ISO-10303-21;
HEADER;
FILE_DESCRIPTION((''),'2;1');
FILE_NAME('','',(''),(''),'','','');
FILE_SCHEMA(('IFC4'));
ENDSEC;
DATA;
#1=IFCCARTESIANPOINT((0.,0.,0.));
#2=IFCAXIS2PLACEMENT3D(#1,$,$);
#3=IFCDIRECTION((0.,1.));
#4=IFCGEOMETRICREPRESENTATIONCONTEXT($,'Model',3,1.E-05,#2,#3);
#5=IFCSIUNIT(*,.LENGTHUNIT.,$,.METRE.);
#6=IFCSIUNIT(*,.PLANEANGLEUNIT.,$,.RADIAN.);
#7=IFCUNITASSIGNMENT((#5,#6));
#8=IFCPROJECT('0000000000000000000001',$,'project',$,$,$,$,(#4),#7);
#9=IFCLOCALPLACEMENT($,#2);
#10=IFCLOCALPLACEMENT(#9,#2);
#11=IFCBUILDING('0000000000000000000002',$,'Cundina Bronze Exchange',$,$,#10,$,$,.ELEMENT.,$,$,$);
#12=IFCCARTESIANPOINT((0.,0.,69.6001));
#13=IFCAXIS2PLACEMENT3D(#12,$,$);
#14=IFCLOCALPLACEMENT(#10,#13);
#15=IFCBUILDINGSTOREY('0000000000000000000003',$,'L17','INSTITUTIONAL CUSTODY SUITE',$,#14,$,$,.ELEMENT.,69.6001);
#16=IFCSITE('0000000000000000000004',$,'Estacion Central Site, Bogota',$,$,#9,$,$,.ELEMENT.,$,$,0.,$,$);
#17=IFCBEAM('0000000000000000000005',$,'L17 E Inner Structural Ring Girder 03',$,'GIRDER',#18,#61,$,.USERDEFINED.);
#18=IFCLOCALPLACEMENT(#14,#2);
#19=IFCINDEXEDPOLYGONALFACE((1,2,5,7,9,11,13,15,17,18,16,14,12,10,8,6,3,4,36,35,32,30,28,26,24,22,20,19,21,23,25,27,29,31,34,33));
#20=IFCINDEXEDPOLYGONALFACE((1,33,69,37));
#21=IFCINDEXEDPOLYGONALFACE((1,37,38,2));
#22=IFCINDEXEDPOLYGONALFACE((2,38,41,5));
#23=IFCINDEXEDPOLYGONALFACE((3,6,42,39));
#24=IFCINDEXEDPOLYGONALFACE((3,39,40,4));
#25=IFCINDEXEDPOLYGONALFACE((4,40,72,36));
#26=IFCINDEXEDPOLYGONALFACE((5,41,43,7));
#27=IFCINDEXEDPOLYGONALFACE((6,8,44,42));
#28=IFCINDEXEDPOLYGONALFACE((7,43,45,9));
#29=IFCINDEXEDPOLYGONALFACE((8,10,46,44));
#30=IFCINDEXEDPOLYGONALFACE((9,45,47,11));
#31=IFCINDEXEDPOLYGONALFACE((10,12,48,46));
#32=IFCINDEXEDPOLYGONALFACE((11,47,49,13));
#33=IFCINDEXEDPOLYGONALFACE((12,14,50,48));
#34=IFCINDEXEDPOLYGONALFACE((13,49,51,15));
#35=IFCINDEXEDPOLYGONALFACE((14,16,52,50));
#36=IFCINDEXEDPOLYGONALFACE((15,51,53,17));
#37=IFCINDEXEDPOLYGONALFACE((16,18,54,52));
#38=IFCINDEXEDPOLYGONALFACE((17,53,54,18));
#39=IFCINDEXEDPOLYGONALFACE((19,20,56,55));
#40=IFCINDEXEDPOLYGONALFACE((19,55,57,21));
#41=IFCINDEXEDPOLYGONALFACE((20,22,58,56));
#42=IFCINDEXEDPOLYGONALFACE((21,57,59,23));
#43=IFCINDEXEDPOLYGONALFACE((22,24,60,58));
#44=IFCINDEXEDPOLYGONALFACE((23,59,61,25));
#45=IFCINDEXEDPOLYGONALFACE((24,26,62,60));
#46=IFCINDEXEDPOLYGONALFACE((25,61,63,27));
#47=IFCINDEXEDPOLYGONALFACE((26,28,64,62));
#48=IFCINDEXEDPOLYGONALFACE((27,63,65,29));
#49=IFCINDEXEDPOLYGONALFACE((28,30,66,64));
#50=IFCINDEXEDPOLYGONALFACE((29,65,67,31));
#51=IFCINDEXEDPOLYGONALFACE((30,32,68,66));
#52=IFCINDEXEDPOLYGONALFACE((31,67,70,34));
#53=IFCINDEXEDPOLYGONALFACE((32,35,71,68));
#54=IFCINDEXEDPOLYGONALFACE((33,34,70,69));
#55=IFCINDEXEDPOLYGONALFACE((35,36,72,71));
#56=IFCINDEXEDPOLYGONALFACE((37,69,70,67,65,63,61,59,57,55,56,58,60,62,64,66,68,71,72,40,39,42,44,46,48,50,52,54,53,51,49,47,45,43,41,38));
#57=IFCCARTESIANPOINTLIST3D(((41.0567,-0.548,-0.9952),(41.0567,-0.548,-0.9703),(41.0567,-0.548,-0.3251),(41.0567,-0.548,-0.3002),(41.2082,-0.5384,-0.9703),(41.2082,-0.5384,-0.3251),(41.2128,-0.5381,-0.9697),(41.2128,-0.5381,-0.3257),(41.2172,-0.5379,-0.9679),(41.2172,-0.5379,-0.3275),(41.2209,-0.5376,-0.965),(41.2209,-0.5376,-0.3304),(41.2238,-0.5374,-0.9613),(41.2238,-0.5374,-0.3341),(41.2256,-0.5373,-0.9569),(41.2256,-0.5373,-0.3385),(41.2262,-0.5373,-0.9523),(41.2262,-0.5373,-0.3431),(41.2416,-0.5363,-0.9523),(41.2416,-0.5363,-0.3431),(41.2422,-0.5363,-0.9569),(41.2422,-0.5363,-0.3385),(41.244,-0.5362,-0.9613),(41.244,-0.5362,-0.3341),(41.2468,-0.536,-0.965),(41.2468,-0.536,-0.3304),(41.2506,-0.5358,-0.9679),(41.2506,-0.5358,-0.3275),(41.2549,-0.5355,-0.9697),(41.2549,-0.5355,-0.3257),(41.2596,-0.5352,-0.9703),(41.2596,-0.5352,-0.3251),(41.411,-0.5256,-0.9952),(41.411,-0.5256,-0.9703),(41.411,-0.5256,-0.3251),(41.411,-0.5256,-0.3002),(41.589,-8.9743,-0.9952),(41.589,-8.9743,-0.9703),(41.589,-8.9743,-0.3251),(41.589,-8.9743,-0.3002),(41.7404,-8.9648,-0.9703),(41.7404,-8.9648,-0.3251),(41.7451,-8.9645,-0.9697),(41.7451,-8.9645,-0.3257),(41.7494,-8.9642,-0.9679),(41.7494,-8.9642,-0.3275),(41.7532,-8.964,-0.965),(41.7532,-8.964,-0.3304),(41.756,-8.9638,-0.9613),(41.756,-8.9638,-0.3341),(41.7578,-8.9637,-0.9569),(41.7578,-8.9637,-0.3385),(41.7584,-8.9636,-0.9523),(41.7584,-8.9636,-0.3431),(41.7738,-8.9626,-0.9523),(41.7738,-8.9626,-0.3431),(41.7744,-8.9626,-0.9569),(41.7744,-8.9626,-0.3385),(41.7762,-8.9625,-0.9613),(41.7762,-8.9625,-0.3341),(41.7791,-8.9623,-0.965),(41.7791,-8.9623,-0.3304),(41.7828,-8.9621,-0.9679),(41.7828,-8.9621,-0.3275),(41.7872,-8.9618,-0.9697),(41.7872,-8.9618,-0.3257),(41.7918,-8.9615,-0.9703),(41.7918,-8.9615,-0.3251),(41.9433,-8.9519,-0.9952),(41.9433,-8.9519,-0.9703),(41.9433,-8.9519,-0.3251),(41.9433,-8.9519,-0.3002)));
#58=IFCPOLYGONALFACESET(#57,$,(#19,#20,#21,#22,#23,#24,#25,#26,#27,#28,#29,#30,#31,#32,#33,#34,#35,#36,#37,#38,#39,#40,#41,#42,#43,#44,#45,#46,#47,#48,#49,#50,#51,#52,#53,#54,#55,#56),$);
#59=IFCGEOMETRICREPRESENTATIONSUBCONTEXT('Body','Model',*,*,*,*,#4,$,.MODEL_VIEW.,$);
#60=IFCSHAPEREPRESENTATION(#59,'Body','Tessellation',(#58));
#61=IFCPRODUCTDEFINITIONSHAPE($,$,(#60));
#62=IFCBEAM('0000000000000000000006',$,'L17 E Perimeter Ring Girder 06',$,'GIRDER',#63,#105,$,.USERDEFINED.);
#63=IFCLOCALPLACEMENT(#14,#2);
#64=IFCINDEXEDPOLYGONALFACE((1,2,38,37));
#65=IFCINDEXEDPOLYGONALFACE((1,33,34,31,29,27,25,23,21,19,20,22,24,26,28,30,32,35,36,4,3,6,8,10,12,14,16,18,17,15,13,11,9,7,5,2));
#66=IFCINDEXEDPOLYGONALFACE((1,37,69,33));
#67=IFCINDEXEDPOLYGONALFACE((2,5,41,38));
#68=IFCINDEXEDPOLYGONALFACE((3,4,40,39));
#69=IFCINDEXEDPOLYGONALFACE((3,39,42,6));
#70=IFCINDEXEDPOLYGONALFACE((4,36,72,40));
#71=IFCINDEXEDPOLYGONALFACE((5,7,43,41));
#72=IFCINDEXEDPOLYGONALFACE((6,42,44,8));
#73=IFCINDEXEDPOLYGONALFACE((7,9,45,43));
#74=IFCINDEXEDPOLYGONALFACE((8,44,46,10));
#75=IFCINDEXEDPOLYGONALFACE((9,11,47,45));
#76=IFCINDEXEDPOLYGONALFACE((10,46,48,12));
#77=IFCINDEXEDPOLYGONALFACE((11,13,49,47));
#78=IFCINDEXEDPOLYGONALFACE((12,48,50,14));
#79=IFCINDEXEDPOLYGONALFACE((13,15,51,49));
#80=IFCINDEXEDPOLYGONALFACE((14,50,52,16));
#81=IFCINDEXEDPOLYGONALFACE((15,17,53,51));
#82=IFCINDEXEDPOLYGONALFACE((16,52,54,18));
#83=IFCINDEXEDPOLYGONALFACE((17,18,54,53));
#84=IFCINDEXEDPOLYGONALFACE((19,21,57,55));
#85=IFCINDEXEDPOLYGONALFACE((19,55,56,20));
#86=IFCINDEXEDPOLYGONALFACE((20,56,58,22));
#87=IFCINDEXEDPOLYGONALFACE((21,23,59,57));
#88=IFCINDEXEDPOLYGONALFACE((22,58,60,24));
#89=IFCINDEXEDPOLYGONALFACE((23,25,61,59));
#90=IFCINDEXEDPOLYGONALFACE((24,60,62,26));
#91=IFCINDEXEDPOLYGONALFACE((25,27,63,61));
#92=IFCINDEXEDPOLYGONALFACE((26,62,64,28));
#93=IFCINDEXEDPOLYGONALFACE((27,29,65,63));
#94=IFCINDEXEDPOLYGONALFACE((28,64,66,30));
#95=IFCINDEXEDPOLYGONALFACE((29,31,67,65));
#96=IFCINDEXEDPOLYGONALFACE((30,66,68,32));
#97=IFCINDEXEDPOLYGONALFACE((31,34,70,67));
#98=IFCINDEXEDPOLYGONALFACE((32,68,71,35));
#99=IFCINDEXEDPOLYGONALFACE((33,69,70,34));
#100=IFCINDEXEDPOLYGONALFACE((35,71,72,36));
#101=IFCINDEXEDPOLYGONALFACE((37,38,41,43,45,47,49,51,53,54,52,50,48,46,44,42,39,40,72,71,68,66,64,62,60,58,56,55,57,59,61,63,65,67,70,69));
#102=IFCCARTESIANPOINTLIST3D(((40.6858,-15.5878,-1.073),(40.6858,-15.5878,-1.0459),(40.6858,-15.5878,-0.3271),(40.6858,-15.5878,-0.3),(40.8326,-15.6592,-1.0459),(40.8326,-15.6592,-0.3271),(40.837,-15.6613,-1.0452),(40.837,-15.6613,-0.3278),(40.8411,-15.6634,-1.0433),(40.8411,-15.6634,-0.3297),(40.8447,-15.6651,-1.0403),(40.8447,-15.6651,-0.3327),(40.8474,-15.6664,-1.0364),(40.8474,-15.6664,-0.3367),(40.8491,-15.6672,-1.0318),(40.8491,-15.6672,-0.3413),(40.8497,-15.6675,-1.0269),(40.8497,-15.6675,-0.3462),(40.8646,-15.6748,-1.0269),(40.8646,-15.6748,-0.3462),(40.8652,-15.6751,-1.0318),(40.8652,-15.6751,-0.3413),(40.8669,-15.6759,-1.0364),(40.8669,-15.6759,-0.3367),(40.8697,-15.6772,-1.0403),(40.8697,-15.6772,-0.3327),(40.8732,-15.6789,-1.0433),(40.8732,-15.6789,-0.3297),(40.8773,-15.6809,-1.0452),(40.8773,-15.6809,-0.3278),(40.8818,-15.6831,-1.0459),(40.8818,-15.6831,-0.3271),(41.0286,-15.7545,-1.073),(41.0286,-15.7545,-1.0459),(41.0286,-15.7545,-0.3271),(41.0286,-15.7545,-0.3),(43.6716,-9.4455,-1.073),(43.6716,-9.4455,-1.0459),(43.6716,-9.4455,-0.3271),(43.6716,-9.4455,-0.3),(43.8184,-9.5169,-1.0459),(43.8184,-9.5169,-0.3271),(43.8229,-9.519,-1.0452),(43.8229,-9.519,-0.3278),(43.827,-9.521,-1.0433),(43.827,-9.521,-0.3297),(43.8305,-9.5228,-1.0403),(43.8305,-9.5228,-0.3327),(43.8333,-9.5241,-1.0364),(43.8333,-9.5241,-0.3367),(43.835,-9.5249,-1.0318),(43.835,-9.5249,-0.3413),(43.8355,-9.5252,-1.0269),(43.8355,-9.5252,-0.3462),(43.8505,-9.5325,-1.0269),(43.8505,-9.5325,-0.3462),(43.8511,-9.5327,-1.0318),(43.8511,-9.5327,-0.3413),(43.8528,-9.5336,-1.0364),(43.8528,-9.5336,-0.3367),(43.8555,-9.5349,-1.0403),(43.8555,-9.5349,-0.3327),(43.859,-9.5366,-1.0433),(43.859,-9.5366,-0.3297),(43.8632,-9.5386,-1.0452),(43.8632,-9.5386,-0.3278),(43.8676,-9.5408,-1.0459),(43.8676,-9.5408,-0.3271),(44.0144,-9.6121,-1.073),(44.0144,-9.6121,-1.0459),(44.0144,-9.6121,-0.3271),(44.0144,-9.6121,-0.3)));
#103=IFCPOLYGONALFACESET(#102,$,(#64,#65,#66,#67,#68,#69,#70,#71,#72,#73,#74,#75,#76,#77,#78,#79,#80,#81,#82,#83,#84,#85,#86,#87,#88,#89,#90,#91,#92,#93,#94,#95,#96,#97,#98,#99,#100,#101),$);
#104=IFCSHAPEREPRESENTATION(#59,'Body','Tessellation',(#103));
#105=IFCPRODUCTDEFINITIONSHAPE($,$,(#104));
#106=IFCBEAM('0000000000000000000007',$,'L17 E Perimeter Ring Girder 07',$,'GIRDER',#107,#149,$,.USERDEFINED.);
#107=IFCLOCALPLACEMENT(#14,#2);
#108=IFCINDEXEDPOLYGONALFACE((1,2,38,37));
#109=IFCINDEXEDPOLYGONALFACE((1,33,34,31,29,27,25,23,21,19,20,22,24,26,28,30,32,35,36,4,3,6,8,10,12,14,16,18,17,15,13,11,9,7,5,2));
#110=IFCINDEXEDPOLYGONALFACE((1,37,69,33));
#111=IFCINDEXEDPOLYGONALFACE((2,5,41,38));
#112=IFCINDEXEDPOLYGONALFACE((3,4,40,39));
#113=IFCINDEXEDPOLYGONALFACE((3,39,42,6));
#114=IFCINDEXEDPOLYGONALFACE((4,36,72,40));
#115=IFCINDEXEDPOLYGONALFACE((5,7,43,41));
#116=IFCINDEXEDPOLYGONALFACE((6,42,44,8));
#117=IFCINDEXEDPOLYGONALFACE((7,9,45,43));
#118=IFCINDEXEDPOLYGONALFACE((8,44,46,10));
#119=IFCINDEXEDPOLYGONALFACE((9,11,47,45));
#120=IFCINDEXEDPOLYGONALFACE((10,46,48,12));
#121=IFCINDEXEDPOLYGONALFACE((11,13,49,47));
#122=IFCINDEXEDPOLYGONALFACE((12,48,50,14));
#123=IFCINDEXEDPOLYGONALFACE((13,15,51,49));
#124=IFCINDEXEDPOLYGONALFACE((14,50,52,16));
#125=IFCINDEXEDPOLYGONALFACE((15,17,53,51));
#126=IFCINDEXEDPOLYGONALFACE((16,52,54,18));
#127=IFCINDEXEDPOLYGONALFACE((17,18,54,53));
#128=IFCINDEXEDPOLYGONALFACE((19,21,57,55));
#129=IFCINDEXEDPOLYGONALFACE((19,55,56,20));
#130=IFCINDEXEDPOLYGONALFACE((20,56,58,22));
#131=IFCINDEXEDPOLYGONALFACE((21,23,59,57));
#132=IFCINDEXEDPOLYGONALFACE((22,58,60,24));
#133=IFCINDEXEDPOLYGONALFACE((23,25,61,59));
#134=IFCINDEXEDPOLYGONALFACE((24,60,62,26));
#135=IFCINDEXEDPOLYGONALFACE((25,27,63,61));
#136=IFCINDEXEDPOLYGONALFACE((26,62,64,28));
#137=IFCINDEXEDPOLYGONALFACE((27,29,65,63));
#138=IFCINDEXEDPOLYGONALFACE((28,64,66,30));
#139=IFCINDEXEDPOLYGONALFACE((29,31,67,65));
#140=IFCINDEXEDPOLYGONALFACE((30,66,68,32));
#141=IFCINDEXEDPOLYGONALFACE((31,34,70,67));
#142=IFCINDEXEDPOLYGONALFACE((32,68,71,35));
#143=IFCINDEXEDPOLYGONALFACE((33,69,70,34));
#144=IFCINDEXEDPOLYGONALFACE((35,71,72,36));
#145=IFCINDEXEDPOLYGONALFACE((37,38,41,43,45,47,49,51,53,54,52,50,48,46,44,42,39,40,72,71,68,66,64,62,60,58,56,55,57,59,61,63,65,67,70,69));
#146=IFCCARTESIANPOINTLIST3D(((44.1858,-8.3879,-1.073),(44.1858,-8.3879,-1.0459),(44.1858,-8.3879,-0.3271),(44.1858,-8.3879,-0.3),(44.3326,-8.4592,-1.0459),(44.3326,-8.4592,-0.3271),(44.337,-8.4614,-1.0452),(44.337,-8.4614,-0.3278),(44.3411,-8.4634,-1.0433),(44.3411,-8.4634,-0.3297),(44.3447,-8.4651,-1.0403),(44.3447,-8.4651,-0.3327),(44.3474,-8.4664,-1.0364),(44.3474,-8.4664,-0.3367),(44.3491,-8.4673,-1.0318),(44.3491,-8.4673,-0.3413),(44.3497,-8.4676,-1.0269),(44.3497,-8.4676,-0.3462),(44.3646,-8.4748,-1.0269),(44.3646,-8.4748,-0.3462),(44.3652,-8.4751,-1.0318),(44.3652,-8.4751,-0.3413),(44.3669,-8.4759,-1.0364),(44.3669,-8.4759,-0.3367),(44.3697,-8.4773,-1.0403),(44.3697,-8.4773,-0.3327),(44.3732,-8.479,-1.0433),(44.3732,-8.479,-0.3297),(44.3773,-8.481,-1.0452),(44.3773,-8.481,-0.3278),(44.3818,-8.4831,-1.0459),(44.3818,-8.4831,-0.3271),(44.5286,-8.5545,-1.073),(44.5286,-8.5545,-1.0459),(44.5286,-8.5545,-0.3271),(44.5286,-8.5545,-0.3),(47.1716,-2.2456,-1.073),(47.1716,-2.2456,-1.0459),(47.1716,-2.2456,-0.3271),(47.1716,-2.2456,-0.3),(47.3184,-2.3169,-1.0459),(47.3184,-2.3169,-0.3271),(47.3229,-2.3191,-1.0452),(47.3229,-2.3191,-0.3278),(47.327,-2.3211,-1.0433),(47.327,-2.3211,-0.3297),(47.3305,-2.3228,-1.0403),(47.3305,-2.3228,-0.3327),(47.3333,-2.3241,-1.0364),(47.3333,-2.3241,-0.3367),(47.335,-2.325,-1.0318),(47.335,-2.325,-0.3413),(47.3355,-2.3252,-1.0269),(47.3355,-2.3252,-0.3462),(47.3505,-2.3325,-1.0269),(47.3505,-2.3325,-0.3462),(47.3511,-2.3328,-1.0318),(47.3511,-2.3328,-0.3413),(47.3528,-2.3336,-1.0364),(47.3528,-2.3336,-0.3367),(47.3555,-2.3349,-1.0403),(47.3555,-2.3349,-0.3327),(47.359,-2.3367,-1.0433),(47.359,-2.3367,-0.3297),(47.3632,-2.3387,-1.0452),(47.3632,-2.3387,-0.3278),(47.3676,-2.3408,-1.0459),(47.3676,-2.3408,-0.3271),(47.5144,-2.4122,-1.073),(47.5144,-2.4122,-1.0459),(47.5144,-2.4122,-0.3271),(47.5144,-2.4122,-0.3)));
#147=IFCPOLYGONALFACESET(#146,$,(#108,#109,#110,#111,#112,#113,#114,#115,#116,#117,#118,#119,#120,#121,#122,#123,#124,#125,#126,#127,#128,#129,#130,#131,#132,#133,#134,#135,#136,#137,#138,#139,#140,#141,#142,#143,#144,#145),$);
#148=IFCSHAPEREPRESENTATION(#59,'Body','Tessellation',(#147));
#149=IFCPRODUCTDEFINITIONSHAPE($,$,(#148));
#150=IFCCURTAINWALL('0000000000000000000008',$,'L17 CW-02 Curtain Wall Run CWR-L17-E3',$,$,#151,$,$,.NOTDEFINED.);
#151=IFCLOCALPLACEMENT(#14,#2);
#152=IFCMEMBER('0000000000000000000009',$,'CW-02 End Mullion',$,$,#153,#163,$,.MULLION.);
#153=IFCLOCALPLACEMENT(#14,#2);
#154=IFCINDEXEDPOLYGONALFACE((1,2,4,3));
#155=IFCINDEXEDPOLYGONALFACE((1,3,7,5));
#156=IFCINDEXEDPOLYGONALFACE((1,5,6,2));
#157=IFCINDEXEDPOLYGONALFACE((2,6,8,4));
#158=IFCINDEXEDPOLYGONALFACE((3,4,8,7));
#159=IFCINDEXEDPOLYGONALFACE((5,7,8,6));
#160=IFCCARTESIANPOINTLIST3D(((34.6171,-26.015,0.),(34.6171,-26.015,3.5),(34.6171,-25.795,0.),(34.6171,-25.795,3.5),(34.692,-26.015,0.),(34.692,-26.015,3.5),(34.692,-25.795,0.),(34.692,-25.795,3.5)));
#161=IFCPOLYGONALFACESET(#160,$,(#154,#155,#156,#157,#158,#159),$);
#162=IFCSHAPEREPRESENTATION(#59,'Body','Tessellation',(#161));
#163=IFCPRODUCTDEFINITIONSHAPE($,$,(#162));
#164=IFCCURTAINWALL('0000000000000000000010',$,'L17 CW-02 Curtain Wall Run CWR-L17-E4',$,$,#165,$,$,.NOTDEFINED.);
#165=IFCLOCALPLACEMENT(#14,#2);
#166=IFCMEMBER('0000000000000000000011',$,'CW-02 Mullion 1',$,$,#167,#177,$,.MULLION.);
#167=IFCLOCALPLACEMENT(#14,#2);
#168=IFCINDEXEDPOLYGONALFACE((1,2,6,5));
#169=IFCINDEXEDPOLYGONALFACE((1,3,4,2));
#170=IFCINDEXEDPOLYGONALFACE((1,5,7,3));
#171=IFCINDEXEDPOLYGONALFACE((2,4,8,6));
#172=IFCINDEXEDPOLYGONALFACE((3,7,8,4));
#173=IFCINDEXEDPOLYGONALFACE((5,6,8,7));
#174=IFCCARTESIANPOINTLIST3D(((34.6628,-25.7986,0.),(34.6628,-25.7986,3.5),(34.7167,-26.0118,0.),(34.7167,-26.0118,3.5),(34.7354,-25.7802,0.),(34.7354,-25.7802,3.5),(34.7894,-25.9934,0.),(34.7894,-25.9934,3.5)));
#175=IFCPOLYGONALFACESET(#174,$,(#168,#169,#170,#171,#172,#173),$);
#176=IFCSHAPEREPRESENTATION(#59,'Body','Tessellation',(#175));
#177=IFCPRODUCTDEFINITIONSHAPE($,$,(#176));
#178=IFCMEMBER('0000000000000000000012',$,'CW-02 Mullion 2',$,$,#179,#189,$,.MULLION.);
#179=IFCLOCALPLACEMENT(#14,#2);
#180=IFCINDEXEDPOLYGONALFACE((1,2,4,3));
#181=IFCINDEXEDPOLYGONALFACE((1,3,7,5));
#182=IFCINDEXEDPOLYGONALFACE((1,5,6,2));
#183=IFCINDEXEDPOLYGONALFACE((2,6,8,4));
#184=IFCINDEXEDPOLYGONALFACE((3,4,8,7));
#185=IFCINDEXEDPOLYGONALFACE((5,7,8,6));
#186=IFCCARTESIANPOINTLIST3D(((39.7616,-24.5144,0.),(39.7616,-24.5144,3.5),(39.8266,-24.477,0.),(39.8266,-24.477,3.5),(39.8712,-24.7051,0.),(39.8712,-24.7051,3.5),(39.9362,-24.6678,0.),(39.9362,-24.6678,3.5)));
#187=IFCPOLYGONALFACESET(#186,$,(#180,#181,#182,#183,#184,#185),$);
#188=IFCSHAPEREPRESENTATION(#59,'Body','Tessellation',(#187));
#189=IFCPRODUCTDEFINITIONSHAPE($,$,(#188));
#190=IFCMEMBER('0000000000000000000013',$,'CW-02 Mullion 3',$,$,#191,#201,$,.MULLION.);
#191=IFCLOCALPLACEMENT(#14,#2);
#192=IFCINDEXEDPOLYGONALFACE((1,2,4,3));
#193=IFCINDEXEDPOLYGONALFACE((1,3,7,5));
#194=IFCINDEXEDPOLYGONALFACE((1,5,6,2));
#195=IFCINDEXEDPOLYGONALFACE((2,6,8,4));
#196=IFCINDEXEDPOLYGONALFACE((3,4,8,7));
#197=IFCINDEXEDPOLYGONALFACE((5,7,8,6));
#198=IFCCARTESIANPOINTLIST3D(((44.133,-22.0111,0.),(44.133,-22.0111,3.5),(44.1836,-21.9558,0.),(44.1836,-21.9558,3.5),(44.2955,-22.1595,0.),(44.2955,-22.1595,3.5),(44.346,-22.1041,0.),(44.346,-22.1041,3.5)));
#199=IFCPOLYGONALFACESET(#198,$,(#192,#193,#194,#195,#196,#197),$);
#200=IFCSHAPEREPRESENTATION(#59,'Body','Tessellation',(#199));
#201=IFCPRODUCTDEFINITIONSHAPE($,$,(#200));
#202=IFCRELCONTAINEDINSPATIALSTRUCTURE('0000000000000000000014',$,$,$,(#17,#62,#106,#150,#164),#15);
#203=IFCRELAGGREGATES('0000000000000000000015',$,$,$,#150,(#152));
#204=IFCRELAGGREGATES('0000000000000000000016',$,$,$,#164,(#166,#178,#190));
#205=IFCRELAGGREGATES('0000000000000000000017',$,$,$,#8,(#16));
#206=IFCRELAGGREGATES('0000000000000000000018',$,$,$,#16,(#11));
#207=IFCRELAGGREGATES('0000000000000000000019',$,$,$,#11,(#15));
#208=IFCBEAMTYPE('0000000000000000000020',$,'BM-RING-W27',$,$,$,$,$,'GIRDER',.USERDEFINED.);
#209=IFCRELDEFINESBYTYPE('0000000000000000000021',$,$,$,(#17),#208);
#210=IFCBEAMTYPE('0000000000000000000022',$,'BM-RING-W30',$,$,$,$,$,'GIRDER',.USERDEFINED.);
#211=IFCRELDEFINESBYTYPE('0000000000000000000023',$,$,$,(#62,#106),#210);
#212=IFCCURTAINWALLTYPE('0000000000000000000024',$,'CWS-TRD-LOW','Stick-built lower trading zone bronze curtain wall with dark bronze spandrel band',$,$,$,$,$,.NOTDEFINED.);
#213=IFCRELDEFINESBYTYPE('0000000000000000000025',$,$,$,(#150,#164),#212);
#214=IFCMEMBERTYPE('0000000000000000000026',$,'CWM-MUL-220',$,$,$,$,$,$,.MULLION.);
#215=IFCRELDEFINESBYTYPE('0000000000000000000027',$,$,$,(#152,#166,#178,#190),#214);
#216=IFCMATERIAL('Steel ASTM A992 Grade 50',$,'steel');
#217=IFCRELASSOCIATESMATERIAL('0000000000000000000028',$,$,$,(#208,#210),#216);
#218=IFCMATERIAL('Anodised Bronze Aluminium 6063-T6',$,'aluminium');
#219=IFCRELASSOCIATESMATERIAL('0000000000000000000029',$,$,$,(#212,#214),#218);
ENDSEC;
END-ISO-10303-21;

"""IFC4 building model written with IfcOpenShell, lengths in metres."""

from ifc_helpers import new_model, si_unit, direction, frame, origin, origin_2d, place, context, subcontext, project, spatial, rectangle, i_section, extrude, material, material_profile, profile_set, type_object, element, aggregate, save


model = new_model("IFC4")

# Units and contexts
model_context = context("Model", 3, precision=1e-05, world=origin(), true_north=direction((0.0, 1.0)))
body_context = subcontext(model_context, "Body", "Model", "MODEL_VIEW")
ifc_project = project(units=[si_unit("LENGTHUNIT", "METRE"), si_unit("PLANEANGLEUNIT", "RADIAN")], contexts=[model_context])

# Site, building, storey
site_placement = place(None, origin())
site = spatial("IfcSite", under=ifc_project, at=site_placement, Name="Estacion Central Site, Bogota", CompositionType="ELEMENT", RefElevation=0.0)
building_placement = place(site_placement, origin())
building = spatial("IfcBuilding", under=site, at=building_placement, Name="Cundina Bronze Exchange", CompositionType="ELEMENT")
storey_placement = place(building_placement, frame((0.0, 0.0, 69.6001)))
storey = spatial("IfcBuildingStorey", under=building, at=storey_placement, Name="L17", Description="INSTITUTIONAL CUSTODY SUITE", CompositionType="ELEMENT", Elevation=69.6001)

# Beams
ifc_material_1 = material(Name="Steel ASTM A992 Grade 50", Category="steel")
ifc_material_profile_1 = material_profile(ifc_material_1, i_section(OverallWidth=0.355, OverallDepth=0.6951, WebThickness=0.0154, FlangeThickness=0.0249, FilletRadius=0.0181, at=origin_2d()), Name="W27X146", Category="steel")
ifc_profile_set_1 = profile_set([ifc_material_profile_1], Name="Steel ASTM A992 Grade 50")
beam_type_1 = type_object("IfcBeamType", Name="BM-RING-W27", ElementType="GIRDER", PredefinedType="USERDEFINED", material=ifc_profile_set_1)
beam_1_placement = place(storey_placement, frame((41.7661, -8.9631, -0.6477), z_axis=(-0.063037, 0.998011, 0.0), x_axis=(-0.998011, -0.063037, 0.0)))
element("IfcBeam", 1, at=beam_1_placement, inside=storey, type_object=beam_type_1, Name="L17 E Inner Structural Ring Girder 03", ObjectType="GIRDER", PredefinedType="USERDEFINED", context=body_context, shape_type="SweptSolid", body=[
    extrude(i_section(OverallWidth=0.355, OverallDepth=0.6951, WebThickness=0.0154, FlangeThickness=0.0249, FilletRadius=0.0181, at=origin_2d()), origin(), (0.0, 0.0, 1.0), 8.4431),
])
ifc_material_profile_2 = material_profile(ifc_material_1, i_section(OverallWidth=0.3811, OverallDepth=0.7729, WebThickness=0.0166, FlangeThickness=0.0271, FilletRadius=0.019, at=origin_2d()), Name="W30X173", Category="steel")
ifc_profile_set_2 = profile_set([ifc_material_profile_2], Name="Steel ASTM A992 Grade 50")
beam_type_2 = type_object("IfcBeamType", Name="BM-RING-W30", ElementType="GIRDER", PredefinedType="USERDEFINED", material=ifc_profile_set_2)
for number, where, z_axis, x_axis, name in (
    (2, (40.8572, -15.6711, -0.6865), (0.437191, 0.899369, 0.0), (-0.899369, 0.437191, 0.0), "L17 E Perimeter Ring Girder 06"),
    (3, (44.3572, -8.4712, -0.6865), (0.437191, 0.899369, 0.0), (-0.899369, 0.437191, 0.0), "L17 E Perimeter Ring Girder 07"),
):
    element("IfcBeam", number, at=place(storey_placement, frame(where, z_axis=z_axis, x_axis=x_axis)), inside=storey, type_object=beam_type_2, Name=name, ObjectType="GIRDER", PredefinedType="USERDEFINED", context=body_context, shape_type="SweptSolid", body=[
        extrude(i_section(OverallWidth=0.3811, OverallDepth=0.7729, WebThickness=0.0166, FlangeThickness=0.0271, FilletRadius=0.019, at=origin_2d()), origin(), (0.0, 0.0, 1.0), 6.8296),
    ])

# Curtain wall, member
ifc_material_2 = material(Name="Anodised Bronze Aluminium 6063-T6", Category="aluminium")
curtain_wall_type = type_object("IfcCurtainWallType", Name="CWS-TRD-LOW", Description="Stick-built lower trading zone bronze curtain wall with dark bronze spandrel band", PredefinedType="NOTDEFINED", material=ifc_material_2)
curtain_wall_1_placement = place(storey_placement, origin())
curtain_wall_1 = element("IfcCurtainWall", 4, at=curtain_wall_1_placement, inside=storey, type_object=curtain_wall_type, Name="L17 CW-02 Curtain Wall Run CWR-L17-E3", PredefinedType="NOTDEFINED")
ifc_material_profile_3 = material_profile(ifc_material_2, rectangle(XDim=0.075, YDim=0.22, at=origin_2d()), Name="AL75X220", Category="aluminium")
ifc_profile_set_3 = profile_set([ifc_material_profile_3], Name="Anodised Bronze Aluminium 6063-T6")
member_type_1 = type_object("IfcMemberType", Name="CWM-MUL-220", PredefinedType="MULLION", material=ifc_profile_set_3)
member_1_placement = place(storey_placement, frame((34.6545, -25.905, 0.0), z_axis=(0.0, 0.0, 1.0), x_axis=(1.0, 0.0, 0.0)))
member_1 = element("IfcMember", 5, at=member_1_placement, type_object=member_type_1, Name="CW-02 End Mullion", PredefinedType="MULLION", context=body_context, shape_type="SweptSolid", body=[
    extrude(rectangle(XDim=0.075, YDim=0.22, at=origin_2d()), origin(), (0.0, 0.0, 1.0), 3.5),
])
aggregate(curtain_wall_1, [member_1])

# Curtain wall, members
curtain_wall_2_placement = place(storey_placement, origin())
curtain_wall_2 = element("IfcCurtainWall", 6, at=curtain_wall_2_placement, inside=storey, type_object=curtain_wall_type, Name="L17 CW-02 Curtain Wall Run CWR-L17-E4", PredefinedType="NOTDEFINED")
member_2_placement = place(storey_placement, frame((34.7261, -25.896, 0.0), z_axis=(0.0, 0.0, 1.0), x_axis=(0.969488, 0.245138, 0.0)))
member_2 = element("IfcMember", 7, at=member_2_placement, type_object=member_type_1, Name="CW-02 Mullion 1", PredefinedType="MULLION", context=body_context, shape_type="SweptSolid", body=[
    extrude(rectangle(XDim=0.075, YDim=0.22, at=origin_2d()), origin(), (0.0, 0.0, 1.0), 3.5),
])
member_3_placement = place(storey_placement, frame((39.8489, -24.5911, 0.0), z_axis=(0.0, 0.0, 1.0), x_axis=(0.867071, 0.498185, 0.0)))
member_3 = element("IfcMember", 8, at=member_3_placement, type_object=member_type_1, Name="CW-02 Mullion 2", PredefinedType="MULLION", context=body_context, shape_type="SweptSolid", body=[
    extrude(rectangle(XDim=0.075, YDim=0.22, at=origin_2d()), origin(), (0.0, 0.0, 1.0), 3.5),
])
member_4_placement = place(storey_placement, frame((44.2395, -22.0576, 0.0), z_axis=(0.0, 0.0, 1.0), x_axis=(0.674302, 0.738455, 0.0)))
member_4 = element("IfcMember", 9, at=member_4_placement, type_object=member_type_1, Name="CW-02 Mullion 3", PredefinedType="MULLION", context=body_context, shape_type="SweptSolid", body=[
    extrude(rectangle(XDim=0.075, YDim=0.22, at=origin_2d()), origin(), (0.0, 0.0, 1.0), 3.5),
])
aggregate(curtain_wall_2, [member_2, member_3, member_4])

save(model, "model.ifc")
